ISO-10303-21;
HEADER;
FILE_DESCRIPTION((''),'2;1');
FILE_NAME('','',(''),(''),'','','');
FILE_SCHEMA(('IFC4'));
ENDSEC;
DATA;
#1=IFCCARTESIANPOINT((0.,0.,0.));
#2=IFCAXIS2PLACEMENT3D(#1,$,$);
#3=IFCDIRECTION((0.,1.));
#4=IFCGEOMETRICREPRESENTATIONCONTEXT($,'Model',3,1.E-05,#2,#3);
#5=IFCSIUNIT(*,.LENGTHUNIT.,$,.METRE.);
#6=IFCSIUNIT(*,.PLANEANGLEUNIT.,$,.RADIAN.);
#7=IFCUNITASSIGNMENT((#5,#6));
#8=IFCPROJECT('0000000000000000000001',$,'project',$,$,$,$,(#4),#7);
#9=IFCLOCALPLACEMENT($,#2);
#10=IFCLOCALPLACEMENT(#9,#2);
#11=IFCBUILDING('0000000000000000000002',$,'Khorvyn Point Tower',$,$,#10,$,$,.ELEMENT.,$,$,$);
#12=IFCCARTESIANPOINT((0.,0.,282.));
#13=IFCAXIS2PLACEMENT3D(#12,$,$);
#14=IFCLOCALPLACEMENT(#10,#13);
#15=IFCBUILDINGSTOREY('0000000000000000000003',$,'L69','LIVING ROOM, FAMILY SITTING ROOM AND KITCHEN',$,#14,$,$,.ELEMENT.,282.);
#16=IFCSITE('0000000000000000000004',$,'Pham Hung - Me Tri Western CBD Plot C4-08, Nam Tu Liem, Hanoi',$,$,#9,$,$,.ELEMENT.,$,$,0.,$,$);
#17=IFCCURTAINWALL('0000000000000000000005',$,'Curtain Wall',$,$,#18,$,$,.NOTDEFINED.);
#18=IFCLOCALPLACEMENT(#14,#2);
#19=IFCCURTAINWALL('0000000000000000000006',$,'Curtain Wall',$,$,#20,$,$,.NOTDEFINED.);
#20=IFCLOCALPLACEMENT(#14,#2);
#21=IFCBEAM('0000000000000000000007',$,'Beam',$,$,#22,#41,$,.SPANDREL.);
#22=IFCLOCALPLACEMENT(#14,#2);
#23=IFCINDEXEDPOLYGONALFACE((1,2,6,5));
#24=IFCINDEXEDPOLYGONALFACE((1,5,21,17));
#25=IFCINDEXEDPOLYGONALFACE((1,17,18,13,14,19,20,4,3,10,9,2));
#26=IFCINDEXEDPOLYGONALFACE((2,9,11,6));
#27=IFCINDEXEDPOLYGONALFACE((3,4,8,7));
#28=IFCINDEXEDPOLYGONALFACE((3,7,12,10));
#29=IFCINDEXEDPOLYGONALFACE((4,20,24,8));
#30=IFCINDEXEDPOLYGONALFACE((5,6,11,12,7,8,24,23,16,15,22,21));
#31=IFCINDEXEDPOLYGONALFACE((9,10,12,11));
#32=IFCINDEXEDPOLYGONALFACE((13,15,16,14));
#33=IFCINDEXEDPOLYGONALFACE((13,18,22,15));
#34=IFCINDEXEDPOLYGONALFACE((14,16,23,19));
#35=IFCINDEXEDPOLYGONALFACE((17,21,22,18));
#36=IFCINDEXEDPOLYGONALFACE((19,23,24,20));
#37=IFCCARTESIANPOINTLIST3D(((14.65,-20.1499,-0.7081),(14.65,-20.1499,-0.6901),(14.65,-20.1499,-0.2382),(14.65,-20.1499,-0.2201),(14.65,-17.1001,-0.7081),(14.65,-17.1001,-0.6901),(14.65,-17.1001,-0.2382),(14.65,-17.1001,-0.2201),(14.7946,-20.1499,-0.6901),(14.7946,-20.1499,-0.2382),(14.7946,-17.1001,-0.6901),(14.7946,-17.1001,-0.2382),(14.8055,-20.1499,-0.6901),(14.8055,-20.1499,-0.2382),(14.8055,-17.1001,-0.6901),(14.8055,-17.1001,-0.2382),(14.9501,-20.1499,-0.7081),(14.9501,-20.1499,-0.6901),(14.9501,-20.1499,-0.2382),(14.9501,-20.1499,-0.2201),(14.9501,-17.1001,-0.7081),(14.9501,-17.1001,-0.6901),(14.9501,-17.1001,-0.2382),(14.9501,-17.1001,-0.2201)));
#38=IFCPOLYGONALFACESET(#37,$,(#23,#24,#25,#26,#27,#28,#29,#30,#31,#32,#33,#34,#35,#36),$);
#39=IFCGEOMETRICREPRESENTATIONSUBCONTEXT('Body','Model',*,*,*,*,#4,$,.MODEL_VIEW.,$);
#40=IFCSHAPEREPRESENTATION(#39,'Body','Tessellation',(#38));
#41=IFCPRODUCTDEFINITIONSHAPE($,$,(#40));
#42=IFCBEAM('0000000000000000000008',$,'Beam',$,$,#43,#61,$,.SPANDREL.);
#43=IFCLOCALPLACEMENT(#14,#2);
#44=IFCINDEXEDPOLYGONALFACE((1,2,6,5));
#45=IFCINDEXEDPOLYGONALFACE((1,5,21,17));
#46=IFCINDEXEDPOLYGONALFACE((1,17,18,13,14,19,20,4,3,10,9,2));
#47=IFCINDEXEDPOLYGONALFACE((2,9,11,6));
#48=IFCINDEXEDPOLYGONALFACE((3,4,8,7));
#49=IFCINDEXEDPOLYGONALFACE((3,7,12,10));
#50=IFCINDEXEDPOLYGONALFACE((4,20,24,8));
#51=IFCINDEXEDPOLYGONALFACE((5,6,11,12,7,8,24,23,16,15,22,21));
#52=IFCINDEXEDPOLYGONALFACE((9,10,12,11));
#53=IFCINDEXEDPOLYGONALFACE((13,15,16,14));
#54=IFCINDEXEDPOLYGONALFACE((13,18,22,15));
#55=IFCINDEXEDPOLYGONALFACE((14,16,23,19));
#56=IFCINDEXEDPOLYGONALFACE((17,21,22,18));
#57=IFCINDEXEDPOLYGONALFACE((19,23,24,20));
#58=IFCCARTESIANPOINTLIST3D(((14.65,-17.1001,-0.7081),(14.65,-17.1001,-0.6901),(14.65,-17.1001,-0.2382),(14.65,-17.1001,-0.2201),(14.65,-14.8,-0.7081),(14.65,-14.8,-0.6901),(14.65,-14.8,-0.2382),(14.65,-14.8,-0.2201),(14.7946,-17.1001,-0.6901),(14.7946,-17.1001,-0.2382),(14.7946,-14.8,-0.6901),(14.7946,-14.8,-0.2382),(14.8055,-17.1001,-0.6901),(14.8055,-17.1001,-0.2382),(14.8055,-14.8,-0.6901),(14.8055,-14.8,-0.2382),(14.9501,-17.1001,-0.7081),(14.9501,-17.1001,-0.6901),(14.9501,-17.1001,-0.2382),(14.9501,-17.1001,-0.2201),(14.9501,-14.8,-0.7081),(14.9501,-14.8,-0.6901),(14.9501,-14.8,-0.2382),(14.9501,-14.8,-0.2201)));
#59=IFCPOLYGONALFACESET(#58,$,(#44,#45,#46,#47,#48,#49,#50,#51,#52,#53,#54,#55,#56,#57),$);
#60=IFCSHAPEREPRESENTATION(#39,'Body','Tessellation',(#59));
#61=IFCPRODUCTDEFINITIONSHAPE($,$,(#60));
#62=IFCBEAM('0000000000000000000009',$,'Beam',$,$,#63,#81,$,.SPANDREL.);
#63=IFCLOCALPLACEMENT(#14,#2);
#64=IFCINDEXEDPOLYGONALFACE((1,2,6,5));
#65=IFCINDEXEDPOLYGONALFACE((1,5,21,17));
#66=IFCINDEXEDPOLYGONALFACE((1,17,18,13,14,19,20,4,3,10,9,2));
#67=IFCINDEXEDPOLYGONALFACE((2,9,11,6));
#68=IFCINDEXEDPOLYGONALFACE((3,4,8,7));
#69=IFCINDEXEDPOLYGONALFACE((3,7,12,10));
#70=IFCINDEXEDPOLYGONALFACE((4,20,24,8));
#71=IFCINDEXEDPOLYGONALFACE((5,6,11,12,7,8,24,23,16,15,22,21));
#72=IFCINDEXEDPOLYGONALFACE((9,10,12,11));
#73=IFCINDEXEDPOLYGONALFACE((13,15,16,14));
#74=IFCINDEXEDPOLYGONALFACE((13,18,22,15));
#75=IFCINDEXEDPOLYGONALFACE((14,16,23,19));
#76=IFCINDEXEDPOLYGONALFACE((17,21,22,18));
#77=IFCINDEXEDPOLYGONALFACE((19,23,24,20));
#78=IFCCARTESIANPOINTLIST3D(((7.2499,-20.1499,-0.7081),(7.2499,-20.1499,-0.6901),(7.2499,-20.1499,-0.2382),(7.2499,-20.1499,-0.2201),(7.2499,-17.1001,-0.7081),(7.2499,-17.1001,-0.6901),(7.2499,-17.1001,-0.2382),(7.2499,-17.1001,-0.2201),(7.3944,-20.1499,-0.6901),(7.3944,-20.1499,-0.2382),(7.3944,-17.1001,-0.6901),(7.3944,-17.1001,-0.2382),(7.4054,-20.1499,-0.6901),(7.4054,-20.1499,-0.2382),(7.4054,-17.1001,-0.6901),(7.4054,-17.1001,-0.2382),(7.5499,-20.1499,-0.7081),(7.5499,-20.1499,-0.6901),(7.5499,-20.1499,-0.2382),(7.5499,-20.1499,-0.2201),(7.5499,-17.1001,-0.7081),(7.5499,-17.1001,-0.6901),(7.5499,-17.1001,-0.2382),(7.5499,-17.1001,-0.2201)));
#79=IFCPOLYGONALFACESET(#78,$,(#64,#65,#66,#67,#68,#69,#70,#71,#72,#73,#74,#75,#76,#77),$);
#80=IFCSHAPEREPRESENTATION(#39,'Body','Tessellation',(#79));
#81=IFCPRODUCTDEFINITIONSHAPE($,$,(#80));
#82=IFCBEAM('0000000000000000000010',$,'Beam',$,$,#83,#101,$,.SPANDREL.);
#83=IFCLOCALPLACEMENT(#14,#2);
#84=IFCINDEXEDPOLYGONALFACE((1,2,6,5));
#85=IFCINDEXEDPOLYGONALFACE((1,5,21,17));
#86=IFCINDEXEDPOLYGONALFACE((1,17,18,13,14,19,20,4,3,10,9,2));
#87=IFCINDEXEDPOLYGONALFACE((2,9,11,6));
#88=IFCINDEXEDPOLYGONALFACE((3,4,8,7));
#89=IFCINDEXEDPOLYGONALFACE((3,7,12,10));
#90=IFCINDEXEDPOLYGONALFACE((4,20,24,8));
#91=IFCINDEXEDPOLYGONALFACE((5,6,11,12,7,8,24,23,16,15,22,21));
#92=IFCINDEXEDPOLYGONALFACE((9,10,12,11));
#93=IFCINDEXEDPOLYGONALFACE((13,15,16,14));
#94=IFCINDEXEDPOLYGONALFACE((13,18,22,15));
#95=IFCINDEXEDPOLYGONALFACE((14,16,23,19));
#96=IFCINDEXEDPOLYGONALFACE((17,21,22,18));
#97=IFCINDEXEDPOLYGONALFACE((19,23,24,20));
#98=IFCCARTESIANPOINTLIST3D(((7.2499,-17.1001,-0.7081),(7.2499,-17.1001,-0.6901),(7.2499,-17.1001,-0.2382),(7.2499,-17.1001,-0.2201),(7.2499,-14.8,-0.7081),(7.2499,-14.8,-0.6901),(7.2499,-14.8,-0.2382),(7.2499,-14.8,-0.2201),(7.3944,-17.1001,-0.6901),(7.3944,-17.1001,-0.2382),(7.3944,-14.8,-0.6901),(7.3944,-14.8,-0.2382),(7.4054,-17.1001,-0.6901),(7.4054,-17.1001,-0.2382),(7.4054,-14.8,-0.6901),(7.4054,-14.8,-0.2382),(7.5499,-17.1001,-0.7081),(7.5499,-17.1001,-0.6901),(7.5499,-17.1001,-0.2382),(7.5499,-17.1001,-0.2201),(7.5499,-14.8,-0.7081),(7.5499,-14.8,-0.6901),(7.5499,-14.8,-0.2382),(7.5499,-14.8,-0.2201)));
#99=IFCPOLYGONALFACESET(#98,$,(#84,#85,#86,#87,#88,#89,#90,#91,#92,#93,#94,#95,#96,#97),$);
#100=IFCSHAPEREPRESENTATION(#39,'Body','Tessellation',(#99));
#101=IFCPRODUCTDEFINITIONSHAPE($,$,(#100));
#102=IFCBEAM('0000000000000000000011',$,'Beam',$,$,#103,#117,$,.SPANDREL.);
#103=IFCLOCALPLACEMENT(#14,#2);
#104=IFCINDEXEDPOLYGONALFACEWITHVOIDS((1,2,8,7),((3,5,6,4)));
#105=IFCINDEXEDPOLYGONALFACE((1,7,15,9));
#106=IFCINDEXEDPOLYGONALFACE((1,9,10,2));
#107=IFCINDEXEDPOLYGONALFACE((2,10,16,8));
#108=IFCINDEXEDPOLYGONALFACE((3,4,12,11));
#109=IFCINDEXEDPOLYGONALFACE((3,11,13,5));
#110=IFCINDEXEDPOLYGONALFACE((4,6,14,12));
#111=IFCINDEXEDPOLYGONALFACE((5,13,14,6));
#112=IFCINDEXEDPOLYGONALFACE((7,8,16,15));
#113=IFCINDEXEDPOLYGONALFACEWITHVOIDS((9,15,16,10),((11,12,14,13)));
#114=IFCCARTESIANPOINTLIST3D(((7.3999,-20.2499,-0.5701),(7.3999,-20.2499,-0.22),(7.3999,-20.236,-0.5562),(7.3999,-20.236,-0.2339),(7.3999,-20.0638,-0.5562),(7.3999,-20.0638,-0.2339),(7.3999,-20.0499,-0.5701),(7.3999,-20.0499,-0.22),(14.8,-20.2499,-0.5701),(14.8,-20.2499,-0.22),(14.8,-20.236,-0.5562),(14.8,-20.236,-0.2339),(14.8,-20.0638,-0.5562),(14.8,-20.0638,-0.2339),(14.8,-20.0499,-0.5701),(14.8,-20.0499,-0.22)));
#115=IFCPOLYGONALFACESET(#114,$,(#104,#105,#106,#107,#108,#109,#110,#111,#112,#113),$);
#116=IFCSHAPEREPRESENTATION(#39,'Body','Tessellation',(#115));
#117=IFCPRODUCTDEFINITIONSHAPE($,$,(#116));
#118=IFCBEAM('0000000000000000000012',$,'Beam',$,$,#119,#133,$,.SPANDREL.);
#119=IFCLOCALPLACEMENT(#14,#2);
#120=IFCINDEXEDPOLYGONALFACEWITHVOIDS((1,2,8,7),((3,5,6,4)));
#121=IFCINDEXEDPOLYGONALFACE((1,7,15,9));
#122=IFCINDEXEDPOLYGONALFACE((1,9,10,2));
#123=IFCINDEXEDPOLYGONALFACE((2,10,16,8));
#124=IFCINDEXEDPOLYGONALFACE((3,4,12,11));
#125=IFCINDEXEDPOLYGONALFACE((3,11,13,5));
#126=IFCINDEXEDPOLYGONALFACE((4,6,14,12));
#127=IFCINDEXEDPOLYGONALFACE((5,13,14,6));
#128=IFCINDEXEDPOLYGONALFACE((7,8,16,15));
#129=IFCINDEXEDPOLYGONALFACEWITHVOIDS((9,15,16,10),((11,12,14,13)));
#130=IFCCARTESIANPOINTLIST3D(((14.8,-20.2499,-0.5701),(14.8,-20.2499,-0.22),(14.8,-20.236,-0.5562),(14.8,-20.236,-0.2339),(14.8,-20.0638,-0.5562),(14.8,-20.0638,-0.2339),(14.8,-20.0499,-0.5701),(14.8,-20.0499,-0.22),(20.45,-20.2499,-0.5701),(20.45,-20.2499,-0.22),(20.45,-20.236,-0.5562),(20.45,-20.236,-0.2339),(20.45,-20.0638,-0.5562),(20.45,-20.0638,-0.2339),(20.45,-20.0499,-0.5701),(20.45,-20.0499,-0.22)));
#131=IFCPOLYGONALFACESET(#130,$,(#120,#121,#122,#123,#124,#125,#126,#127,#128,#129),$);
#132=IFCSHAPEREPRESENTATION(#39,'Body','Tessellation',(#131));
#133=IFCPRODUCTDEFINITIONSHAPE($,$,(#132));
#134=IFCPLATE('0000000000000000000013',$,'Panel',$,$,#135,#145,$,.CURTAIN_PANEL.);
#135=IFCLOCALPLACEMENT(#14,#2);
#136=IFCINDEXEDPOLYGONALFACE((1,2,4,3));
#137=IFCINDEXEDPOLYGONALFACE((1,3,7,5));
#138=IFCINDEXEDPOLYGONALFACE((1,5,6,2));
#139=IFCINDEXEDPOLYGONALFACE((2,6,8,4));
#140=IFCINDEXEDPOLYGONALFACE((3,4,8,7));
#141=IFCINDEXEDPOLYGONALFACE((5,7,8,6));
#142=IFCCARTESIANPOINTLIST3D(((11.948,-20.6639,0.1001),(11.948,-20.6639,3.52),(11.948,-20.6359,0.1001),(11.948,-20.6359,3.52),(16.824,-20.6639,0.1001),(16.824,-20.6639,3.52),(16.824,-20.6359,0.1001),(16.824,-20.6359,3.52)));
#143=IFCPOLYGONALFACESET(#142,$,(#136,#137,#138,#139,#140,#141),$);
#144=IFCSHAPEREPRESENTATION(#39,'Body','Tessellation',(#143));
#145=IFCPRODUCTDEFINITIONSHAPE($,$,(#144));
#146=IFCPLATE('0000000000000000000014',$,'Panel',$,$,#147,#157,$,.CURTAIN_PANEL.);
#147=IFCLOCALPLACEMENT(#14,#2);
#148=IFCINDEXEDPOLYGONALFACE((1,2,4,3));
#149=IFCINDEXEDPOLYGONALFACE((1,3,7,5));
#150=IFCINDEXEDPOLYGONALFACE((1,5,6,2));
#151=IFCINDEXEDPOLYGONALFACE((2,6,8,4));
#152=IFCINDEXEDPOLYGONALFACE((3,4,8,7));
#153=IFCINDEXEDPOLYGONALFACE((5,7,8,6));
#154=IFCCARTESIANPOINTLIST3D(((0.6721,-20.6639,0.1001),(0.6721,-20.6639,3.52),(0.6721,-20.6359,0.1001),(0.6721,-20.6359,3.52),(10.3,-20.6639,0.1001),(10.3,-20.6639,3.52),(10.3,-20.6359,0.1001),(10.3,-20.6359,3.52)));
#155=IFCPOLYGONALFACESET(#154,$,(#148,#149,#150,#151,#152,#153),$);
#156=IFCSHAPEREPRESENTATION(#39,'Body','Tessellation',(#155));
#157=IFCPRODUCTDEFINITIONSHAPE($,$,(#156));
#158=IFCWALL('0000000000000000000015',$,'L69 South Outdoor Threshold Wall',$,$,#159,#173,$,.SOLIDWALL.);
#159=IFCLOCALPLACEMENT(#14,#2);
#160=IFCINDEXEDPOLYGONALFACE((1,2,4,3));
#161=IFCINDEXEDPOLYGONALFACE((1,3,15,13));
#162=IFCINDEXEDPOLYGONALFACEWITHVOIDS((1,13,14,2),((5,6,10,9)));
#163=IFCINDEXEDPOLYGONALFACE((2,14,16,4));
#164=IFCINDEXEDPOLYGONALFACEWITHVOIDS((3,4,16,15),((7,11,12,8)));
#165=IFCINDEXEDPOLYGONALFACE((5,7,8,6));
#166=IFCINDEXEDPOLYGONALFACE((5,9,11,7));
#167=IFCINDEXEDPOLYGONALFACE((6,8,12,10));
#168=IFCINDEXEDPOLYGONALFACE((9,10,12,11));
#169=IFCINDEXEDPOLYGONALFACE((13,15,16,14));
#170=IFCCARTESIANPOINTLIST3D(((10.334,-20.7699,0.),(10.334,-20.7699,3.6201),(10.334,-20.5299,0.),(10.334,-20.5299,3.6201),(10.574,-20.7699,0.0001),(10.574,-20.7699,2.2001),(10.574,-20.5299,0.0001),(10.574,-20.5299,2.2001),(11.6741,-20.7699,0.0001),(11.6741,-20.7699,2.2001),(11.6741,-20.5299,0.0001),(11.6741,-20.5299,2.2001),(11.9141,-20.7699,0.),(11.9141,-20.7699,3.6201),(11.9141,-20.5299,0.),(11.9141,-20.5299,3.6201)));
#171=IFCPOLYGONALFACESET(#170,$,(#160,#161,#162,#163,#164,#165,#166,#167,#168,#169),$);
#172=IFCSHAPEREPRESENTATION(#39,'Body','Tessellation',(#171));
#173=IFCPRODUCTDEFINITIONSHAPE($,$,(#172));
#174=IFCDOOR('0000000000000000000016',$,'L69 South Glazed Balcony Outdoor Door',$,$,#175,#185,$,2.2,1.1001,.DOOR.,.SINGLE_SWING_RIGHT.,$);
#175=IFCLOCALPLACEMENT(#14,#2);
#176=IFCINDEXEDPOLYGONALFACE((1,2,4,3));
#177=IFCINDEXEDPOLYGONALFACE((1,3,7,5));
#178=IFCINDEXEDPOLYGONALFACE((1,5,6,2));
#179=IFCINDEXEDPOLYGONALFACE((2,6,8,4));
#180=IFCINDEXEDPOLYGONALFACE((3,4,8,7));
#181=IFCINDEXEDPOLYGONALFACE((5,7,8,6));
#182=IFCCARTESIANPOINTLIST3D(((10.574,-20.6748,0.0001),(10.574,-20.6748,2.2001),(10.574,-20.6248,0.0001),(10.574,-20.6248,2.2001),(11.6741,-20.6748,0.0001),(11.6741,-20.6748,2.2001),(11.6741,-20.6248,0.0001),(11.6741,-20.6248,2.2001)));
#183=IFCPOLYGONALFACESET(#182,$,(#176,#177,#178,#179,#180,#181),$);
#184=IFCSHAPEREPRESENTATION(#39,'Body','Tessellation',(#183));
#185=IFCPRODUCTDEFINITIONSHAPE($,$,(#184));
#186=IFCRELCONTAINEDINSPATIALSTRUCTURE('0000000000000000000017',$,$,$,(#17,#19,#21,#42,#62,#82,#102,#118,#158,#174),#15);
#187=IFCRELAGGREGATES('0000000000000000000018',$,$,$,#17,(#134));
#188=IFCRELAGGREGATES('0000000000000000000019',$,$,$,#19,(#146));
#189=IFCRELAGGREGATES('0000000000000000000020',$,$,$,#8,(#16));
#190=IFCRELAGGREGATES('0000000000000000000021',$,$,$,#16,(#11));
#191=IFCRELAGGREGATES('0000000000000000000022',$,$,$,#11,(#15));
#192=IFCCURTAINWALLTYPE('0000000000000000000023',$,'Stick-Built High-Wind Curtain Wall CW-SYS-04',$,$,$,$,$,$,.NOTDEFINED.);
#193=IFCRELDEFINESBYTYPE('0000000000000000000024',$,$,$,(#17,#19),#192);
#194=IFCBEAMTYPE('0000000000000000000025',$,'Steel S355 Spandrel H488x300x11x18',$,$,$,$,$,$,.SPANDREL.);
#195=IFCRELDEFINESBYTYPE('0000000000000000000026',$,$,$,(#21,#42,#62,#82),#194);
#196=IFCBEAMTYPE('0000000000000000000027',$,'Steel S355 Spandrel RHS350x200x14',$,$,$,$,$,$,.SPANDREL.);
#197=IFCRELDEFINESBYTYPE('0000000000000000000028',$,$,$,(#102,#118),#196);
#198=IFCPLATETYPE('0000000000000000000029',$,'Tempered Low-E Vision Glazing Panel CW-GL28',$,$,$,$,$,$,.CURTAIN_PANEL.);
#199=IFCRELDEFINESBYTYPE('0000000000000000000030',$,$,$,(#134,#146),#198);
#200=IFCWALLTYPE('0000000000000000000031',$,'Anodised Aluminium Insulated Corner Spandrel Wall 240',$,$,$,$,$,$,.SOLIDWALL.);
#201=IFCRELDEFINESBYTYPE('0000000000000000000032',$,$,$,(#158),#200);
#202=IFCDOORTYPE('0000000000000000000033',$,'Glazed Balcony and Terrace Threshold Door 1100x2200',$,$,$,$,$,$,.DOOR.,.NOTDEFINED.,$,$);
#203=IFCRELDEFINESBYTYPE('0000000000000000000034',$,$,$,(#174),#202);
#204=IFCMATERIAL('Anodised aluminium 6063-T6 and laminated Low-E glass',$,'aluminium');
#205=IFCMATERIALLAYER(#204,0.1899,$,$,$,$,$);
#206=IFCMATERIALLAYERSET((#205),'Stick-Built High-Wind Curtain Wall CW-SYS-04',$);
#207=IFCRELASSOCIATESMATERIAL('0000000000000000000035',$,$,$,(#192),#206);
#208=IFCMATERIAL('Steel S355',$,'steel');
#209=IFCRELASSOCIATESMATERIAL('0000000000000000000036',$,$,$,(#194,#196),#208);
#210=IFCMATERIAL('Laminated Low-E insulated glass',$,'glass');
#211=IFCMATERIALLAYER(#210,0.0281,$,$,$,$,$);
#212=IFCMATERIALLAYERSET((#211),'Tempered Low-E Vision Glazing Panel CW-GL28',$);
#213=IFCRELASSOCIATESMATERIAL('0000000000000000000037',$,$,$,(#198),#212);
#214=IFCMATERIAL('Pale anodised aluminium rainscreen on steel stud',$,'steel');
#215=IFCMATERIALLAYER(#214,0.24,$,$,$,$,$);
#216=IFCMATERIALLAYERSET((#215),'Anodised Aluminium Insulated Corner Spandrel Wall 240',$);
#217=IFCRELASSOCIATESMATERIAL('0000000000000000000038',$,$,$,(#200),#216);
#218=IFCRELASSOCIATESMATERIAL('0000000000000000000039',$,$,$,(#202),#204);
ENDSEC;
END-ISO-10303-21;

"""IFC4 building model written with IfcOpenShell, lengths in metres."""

from ifc_helpers import new_model, si_unit, direction, frame, frame_2d, origin, origin_2d, place, context, subcontext, project, spatial, rectangle, hollow_rectangle, i_section, extrude, material, layer, layer_set, material_profile, profile_set, type_object, element, fill, aggregate, save


model = new_model("IFC4")

# Units and contexts
model_context = context("Model", 3, precision=1e-05, world=origin(), true_north=direction((0.0, 1.0)))
body_context = subcontext(model_context, "Body", "Model", "MODEL_VIEW")
ifc_project = project(units=[si_unit("LENGTHUNIT", "METRE"), si_unit("PLANEANGLEUNIT", "RADIAN")], contexts=[model_context])

# Site, building, storey
site_placement = place(None, origin())
site = spatial("IfcSite", under=ifc_project, at=site_placement, Name="Pham Hung - Me Tri Western CBD Plot C4-08, Nam Tu Liem, Hanoi", CompositionType="ELEMENT", RefElevation=0.0)
building_placement = place(site_placement, origin())
building = spatial("IfcBuilding", under=site, at=building_placement, Name="Khorvyn Point Tower", CompositionType="ELEMENT")
storey_placement = place(building_placement, frame((0.0, 0.0, 282.0)))
storey = spatial("IfcBuildingStorey", under=building, at=storey_placement, Name="L69", Description="LIVING ROOM, FAMILY SITTING ROOM AND KITCHEN", CompositionType="ELEMENT", Elevation=282.0)

# Shared definitions
ifc_material_1 = material(Name="Steel S355", Category="steel")

# Curtain wall
ifc_material_2 = material(Name="Anodised aluminium 6063-T6 and laminated Low-E glass", Category="aluminium")
ifc_layer_1 = layer(ifc_material_2, 0.1899)
ifc_layer_set_1 = layer_set([ifc_layer_1], Name="Stick-Built High-Wind Curtain Wall CW-SYS-04")
curtain_wall_type = type_object("IfcCurtainWallType", Name="Stick-Built High-Wind Curtain Wall CW-SYS-04", PredefinedType="NOTDEFINED", material=ifc_layer_set_1)
curtain_wall_1_placement = place(storey_placement, origin())
curtain_wall_1 = element("IfcCurtainWall", 1, at=curtain_wall_1_placement, inside=storey, type_object=curtain_wall_type, Name="Curtain Wall", PredefinedType="NOTDEFINED")

# Curtain wall
curtain_wall_2_placement = place(storey_placement, origin())
curtain_wall_2 = element("IfcCurtainWall", 2, at=curtain_wall_2_placement, inside=storey, type_object=curtain_wall_type, Name="Curtain Wall", PredefinedType="NOTDEFINED")

# Beams
ifc_material_profile_1 = material_profile(ifc_material_1, i_section(OverallWidth=0.3, OverallDepth=0.488, WebThickness=0.011, FlangeThickness=0.0181, at=origin_2d()))
ifc_profile_set_1 = profile_set([ifc_material_profile_1], Name="Steel S355 H488x300x11x18")
beam_type_1 = type_object("IfcBeamType", Name="Steel S355 Spandrel H488x300x11x18", PredefinedType="SPANDREL", material=ifc_profile_set_1)
beam_1_placement = place(storey_placement, frame((14.8, -20.1499, -0.4641), z_axis=(0.0, 1.0, 0.0), x_axis=(-1.0, 0.0, 0.0)))
element("IfcBeam", 3, at=beam_1_placement, inside=storey, type_object=beam_type_1, Name="Beam", PredefinedType="SPANDREL", context=body_context, shape_type="SweptSolid", body=[
    extrude(i_section(OverallWidth=0.3, OverallDepth=0.488, WebThickness=0.011, FlangeThickness=0.0181, at=origin_2d()), origin(), (0.0, 0.0, 1.0), 3.0498),
])
beam_2_placement = place(storey_placement, frame((14.8, -17.1001, -0.4641), z_axis=(0.0, 1.0, 0.0), x_axis=(-1.0, 0.0, 0.0)))
element("IfcBeam", 4, at=beam_2_placement, inside=storey, type_object=beam_type_1, Name="Beam", PredefinedType="SPANDREL", context=body_context, shape_type="SweptSolid", body=[
    extrude(i_section(OverallWidth=0.3, OverallDepth=0.488, WebThickness=0.011, FlangeThickness=0.0181, at=origin_2d()), origin(), (0.0, 0.0, 1.0), 2.3),
])
beam_3_placement = place(storey_placement, frame((7.3999, -20.1499, -0.4641), z_axis=(0.0, 1.0, 0.0), x_axis=(-1.0, 0.0, 0.0)))
element("IfcBeam", 5, at=beam_3_placement, inside=storey, type_object=beam_type_1, Name="Beam", PredefinedType="SPANDREL", context=body_context, shape_type="SweptSolid", body=[
    extrude(i_section(OverallWidth=0.3, OverallDepth=0.488, WebThickness=0.011, FlangeThickness=0.0181, at=origin_2d()), origin(), (0.0, 0.0, 1.0), 3.0498),
])
beam_4_placement = place(storey_placement, frame((7.3999, -17.1001, -0.4641), z_axis=(0.0, 1.0, 0.0), x_axis=(-1.0, 0.0, 0.0)))
element("IfcBeam", 6, at=beam_4_placement, inside=storey, type_object=beam_type_1, Name="Beam", PredefinedType="SPANDREL", context=body_context, shape_type="SweptSolid", body=[
    extrude(i_section(OverallWidth=0.3, OverallDepth=0.488, WebThickness=0.011, FlangeThickness=0.0181, at=origin_2d()), origin(), (0.0, 0.0, 1.0), 2.3),
])
ifc_material_profile_2 = material_profile(ifc_material_1, hollow_rectangle(XDim=0.2, YDim=0.3501, WallThickness=0.0139, at=origin_2d()))
ifc_profile_set_2 = profile_set([ifc_material_profile_2], Name="Steel S355 RHS350x200x14")
beam_type_2 = type_object("IfcBeamType", Name="Steel S355 Spandrel RHS350x200x14", PredefinedType="SPANDREL", material=ifc_profile_set_2)
beam_5_placement = place(storey_placement, frame((7.3999, -20.1499, -0.395), z_axis=(1.0, 0.0, 0.0), x_axis=(0.0, 1.0, 0.0)))
element("IfcBeam", 7, at=beam_5_placement, inside=storey, type_object=beam_type_2, Name="Beam", PredefinedType="SPANDREL", context=body_context, shape_type="SweptSolid", body=[
    extrude(hollow_rectangle(XDim=0.2, YDim=0.3501, WallThickness=0.0139, at=origin_2d()), origin(), (0.0, 0.0, 1.0), 7.4001),
])
beam_6_placement = place(storey_placement, frame((14.8, -20.1499, -0.395), z_axis=(1.0, 0.0, 0.0), x_axis=(0.0, 1.0, 0.0)))
element("IfcBeam", 8, at=beam_6_placement, inside=storey, type_object=beam_type_2, Name="Beam", PredefinedType="SPANDREL", context=body_context, shape_type="SweptSolid", body=[
    extrude(hollow_rectangle(XDim=0.2, YDim=0.3501, WallThickness=0.0139, at=origin_2d()), origin(), (0.0, 0.0, 1.0), 5.6499),
])

# Plates
ifc_material_3 = material(Name="Laminated Low-E insulated glass", Category="glass")
ifc_layer_2 = layer(ifc_material_3, 0.0281)
ifc_layer_set_2 = layer_set([ifc_layer_2], Name="Tempered Low-E Vision Glazing Panel CW-GL28")
plate_type = type_object("IfcPlateType", Name="Tempered Low-E Vision Glazing Panel CW-GL28", PredefinedType="CURTAIN_PANEL", material=ifc_layer_set_2)
plate_1_placement = place(storey_placement, frame((14.386, -20.6499, 0.1001), z_axis=(0.0, 0.0, 1.0), x_axis=(-1.0, 0.0, 0.0)))
plate_1 = element("IfcPlate", 9, at=plate_1_placement, type_object=plate_type, Name="Panel", PredefinedType="CURTAIN_PANEL", context=body_context, shape_type="SweptSolid", body=[
    extrude(rectangle(XDim=4.876, YDim=0.0281, at=origin_2d()), origin(), (0.0, 0.0, 1.0), 3.4199),
])
aggregate(curtain_wall_1, [plate_1])
plate_2_placement = place(storey_placement, frame((5.4861, -20.6499, 0.1001), z_axis=(0.0, 0.0, 1.0), x_axis=(-1.0, 0.0, 0.0)))
plate_2 = element("IfcPlate", 10, at=plate_2_placement, type_object=plate_type, Name="Panel", PredefinedType="CURTAIN_PANEL", context=body_context, shape_type="SweptSolid", body=[
    extrude(rectangle(XDim=9.6279, YDim=0.0281, at=origin_2d()), origin(), (0.0, 0.0, 1.0), 3.4199),
])
aggregate(curtain_wall_2, [plate_2])

# Wall, opening, door
ifc_material_4 = material(Name="Pale anodised aluminium rainscreen on steel stud", Category="steel")
ifc_layer_3 = layer(ifc_material_4, 0.24)
ifc_layer_set_3 = layer_set([ifc_layer_3], Name="Anodised Aluminium Insulated Corner Spandrel Wall 240")
wall_type_1 = type_object("IfcWallType", Name="Anodised Aluminium Insulated Corner Spandrel Wall 240", PredefinedType="SOLIDWALL", material=ifc_layer_set_3)
wall_1_placement = place(storey_placement, frame((11.9141, -20.6499, 0.0), z_axis=(0.0, 0.0, 1.0), x_axis=(-1.0, 0.0, 0.0)))
wall_1 = element("IfcWall", 11, at=wall_1_placement, inside=storey, type_object=wall_type_1, Name="L69 South Outdoor Threshold Wall", PredefinedType="SOLIDWALL", context=body_context, shape_type="SweptSolid", body=[
    extrude(rectangle(XDim=1.5801, YDim=0.24, at=frame_2d((0.79, 0.0))), origin(), (0.0, 0.0, 1.0), 3.6201),
])
opening_1_placement = place(wall_1_placement, frame((0.24, 0.0, 0.0)))
opening_1 = element("IfcOpeningElement", 12, at=opening_1_placement, cuts=wall_1, PredefinedType="OPENING", context=body_context, shape_type="SweptSolid", body=[
    extrude(rectangle(XDim=1.1001, YDim=2.2, at=frame_2d((0.55, 1.1001))), frame((0.0, 0.1299, 0.0), z_axis=(0.0, -1.0, 0.0), x_axis=(1.0, 0.0, 0.0)), (0.0, 0.0, 1.0), 0.26),
])
door_type_1 = type_object("IfcDoorType", Name="Glazed Balcony and Terrace Threshold Door 1100x2200", OperationType="NOTDEFINED", PredefinedType="DOOR", material=ifc_material_2)
door_1_placement = place(opening_1_placement, origin())
door_1 = element("IfcDoor", 13, at=door_1_placement, inside=storey, type_object=door_type_1, Name="L69 South Glazed Balcony Outdoor Door", OperationType="SINGLE_SWING_RIGHT", OverallHeight=2.2, OverallWidth=1.1001, PredefinedType="DOOR", context=body_context, shape_type="SweptSolid", body=[
    extrude(rectangle(XDim=1.1001, YDim=2.2, at=frame_2d((0.55, 1.1001))), frame((0.0, 0.0249, 0.0), z_axis=(0.0, -1.0, 0.0), x_axis=(1.0, 0.0, 0.0)), (0.0, 0.0, 1.0), 0.05),
])
fill(opening_1, door_1)

save(model, "model.ifc")
